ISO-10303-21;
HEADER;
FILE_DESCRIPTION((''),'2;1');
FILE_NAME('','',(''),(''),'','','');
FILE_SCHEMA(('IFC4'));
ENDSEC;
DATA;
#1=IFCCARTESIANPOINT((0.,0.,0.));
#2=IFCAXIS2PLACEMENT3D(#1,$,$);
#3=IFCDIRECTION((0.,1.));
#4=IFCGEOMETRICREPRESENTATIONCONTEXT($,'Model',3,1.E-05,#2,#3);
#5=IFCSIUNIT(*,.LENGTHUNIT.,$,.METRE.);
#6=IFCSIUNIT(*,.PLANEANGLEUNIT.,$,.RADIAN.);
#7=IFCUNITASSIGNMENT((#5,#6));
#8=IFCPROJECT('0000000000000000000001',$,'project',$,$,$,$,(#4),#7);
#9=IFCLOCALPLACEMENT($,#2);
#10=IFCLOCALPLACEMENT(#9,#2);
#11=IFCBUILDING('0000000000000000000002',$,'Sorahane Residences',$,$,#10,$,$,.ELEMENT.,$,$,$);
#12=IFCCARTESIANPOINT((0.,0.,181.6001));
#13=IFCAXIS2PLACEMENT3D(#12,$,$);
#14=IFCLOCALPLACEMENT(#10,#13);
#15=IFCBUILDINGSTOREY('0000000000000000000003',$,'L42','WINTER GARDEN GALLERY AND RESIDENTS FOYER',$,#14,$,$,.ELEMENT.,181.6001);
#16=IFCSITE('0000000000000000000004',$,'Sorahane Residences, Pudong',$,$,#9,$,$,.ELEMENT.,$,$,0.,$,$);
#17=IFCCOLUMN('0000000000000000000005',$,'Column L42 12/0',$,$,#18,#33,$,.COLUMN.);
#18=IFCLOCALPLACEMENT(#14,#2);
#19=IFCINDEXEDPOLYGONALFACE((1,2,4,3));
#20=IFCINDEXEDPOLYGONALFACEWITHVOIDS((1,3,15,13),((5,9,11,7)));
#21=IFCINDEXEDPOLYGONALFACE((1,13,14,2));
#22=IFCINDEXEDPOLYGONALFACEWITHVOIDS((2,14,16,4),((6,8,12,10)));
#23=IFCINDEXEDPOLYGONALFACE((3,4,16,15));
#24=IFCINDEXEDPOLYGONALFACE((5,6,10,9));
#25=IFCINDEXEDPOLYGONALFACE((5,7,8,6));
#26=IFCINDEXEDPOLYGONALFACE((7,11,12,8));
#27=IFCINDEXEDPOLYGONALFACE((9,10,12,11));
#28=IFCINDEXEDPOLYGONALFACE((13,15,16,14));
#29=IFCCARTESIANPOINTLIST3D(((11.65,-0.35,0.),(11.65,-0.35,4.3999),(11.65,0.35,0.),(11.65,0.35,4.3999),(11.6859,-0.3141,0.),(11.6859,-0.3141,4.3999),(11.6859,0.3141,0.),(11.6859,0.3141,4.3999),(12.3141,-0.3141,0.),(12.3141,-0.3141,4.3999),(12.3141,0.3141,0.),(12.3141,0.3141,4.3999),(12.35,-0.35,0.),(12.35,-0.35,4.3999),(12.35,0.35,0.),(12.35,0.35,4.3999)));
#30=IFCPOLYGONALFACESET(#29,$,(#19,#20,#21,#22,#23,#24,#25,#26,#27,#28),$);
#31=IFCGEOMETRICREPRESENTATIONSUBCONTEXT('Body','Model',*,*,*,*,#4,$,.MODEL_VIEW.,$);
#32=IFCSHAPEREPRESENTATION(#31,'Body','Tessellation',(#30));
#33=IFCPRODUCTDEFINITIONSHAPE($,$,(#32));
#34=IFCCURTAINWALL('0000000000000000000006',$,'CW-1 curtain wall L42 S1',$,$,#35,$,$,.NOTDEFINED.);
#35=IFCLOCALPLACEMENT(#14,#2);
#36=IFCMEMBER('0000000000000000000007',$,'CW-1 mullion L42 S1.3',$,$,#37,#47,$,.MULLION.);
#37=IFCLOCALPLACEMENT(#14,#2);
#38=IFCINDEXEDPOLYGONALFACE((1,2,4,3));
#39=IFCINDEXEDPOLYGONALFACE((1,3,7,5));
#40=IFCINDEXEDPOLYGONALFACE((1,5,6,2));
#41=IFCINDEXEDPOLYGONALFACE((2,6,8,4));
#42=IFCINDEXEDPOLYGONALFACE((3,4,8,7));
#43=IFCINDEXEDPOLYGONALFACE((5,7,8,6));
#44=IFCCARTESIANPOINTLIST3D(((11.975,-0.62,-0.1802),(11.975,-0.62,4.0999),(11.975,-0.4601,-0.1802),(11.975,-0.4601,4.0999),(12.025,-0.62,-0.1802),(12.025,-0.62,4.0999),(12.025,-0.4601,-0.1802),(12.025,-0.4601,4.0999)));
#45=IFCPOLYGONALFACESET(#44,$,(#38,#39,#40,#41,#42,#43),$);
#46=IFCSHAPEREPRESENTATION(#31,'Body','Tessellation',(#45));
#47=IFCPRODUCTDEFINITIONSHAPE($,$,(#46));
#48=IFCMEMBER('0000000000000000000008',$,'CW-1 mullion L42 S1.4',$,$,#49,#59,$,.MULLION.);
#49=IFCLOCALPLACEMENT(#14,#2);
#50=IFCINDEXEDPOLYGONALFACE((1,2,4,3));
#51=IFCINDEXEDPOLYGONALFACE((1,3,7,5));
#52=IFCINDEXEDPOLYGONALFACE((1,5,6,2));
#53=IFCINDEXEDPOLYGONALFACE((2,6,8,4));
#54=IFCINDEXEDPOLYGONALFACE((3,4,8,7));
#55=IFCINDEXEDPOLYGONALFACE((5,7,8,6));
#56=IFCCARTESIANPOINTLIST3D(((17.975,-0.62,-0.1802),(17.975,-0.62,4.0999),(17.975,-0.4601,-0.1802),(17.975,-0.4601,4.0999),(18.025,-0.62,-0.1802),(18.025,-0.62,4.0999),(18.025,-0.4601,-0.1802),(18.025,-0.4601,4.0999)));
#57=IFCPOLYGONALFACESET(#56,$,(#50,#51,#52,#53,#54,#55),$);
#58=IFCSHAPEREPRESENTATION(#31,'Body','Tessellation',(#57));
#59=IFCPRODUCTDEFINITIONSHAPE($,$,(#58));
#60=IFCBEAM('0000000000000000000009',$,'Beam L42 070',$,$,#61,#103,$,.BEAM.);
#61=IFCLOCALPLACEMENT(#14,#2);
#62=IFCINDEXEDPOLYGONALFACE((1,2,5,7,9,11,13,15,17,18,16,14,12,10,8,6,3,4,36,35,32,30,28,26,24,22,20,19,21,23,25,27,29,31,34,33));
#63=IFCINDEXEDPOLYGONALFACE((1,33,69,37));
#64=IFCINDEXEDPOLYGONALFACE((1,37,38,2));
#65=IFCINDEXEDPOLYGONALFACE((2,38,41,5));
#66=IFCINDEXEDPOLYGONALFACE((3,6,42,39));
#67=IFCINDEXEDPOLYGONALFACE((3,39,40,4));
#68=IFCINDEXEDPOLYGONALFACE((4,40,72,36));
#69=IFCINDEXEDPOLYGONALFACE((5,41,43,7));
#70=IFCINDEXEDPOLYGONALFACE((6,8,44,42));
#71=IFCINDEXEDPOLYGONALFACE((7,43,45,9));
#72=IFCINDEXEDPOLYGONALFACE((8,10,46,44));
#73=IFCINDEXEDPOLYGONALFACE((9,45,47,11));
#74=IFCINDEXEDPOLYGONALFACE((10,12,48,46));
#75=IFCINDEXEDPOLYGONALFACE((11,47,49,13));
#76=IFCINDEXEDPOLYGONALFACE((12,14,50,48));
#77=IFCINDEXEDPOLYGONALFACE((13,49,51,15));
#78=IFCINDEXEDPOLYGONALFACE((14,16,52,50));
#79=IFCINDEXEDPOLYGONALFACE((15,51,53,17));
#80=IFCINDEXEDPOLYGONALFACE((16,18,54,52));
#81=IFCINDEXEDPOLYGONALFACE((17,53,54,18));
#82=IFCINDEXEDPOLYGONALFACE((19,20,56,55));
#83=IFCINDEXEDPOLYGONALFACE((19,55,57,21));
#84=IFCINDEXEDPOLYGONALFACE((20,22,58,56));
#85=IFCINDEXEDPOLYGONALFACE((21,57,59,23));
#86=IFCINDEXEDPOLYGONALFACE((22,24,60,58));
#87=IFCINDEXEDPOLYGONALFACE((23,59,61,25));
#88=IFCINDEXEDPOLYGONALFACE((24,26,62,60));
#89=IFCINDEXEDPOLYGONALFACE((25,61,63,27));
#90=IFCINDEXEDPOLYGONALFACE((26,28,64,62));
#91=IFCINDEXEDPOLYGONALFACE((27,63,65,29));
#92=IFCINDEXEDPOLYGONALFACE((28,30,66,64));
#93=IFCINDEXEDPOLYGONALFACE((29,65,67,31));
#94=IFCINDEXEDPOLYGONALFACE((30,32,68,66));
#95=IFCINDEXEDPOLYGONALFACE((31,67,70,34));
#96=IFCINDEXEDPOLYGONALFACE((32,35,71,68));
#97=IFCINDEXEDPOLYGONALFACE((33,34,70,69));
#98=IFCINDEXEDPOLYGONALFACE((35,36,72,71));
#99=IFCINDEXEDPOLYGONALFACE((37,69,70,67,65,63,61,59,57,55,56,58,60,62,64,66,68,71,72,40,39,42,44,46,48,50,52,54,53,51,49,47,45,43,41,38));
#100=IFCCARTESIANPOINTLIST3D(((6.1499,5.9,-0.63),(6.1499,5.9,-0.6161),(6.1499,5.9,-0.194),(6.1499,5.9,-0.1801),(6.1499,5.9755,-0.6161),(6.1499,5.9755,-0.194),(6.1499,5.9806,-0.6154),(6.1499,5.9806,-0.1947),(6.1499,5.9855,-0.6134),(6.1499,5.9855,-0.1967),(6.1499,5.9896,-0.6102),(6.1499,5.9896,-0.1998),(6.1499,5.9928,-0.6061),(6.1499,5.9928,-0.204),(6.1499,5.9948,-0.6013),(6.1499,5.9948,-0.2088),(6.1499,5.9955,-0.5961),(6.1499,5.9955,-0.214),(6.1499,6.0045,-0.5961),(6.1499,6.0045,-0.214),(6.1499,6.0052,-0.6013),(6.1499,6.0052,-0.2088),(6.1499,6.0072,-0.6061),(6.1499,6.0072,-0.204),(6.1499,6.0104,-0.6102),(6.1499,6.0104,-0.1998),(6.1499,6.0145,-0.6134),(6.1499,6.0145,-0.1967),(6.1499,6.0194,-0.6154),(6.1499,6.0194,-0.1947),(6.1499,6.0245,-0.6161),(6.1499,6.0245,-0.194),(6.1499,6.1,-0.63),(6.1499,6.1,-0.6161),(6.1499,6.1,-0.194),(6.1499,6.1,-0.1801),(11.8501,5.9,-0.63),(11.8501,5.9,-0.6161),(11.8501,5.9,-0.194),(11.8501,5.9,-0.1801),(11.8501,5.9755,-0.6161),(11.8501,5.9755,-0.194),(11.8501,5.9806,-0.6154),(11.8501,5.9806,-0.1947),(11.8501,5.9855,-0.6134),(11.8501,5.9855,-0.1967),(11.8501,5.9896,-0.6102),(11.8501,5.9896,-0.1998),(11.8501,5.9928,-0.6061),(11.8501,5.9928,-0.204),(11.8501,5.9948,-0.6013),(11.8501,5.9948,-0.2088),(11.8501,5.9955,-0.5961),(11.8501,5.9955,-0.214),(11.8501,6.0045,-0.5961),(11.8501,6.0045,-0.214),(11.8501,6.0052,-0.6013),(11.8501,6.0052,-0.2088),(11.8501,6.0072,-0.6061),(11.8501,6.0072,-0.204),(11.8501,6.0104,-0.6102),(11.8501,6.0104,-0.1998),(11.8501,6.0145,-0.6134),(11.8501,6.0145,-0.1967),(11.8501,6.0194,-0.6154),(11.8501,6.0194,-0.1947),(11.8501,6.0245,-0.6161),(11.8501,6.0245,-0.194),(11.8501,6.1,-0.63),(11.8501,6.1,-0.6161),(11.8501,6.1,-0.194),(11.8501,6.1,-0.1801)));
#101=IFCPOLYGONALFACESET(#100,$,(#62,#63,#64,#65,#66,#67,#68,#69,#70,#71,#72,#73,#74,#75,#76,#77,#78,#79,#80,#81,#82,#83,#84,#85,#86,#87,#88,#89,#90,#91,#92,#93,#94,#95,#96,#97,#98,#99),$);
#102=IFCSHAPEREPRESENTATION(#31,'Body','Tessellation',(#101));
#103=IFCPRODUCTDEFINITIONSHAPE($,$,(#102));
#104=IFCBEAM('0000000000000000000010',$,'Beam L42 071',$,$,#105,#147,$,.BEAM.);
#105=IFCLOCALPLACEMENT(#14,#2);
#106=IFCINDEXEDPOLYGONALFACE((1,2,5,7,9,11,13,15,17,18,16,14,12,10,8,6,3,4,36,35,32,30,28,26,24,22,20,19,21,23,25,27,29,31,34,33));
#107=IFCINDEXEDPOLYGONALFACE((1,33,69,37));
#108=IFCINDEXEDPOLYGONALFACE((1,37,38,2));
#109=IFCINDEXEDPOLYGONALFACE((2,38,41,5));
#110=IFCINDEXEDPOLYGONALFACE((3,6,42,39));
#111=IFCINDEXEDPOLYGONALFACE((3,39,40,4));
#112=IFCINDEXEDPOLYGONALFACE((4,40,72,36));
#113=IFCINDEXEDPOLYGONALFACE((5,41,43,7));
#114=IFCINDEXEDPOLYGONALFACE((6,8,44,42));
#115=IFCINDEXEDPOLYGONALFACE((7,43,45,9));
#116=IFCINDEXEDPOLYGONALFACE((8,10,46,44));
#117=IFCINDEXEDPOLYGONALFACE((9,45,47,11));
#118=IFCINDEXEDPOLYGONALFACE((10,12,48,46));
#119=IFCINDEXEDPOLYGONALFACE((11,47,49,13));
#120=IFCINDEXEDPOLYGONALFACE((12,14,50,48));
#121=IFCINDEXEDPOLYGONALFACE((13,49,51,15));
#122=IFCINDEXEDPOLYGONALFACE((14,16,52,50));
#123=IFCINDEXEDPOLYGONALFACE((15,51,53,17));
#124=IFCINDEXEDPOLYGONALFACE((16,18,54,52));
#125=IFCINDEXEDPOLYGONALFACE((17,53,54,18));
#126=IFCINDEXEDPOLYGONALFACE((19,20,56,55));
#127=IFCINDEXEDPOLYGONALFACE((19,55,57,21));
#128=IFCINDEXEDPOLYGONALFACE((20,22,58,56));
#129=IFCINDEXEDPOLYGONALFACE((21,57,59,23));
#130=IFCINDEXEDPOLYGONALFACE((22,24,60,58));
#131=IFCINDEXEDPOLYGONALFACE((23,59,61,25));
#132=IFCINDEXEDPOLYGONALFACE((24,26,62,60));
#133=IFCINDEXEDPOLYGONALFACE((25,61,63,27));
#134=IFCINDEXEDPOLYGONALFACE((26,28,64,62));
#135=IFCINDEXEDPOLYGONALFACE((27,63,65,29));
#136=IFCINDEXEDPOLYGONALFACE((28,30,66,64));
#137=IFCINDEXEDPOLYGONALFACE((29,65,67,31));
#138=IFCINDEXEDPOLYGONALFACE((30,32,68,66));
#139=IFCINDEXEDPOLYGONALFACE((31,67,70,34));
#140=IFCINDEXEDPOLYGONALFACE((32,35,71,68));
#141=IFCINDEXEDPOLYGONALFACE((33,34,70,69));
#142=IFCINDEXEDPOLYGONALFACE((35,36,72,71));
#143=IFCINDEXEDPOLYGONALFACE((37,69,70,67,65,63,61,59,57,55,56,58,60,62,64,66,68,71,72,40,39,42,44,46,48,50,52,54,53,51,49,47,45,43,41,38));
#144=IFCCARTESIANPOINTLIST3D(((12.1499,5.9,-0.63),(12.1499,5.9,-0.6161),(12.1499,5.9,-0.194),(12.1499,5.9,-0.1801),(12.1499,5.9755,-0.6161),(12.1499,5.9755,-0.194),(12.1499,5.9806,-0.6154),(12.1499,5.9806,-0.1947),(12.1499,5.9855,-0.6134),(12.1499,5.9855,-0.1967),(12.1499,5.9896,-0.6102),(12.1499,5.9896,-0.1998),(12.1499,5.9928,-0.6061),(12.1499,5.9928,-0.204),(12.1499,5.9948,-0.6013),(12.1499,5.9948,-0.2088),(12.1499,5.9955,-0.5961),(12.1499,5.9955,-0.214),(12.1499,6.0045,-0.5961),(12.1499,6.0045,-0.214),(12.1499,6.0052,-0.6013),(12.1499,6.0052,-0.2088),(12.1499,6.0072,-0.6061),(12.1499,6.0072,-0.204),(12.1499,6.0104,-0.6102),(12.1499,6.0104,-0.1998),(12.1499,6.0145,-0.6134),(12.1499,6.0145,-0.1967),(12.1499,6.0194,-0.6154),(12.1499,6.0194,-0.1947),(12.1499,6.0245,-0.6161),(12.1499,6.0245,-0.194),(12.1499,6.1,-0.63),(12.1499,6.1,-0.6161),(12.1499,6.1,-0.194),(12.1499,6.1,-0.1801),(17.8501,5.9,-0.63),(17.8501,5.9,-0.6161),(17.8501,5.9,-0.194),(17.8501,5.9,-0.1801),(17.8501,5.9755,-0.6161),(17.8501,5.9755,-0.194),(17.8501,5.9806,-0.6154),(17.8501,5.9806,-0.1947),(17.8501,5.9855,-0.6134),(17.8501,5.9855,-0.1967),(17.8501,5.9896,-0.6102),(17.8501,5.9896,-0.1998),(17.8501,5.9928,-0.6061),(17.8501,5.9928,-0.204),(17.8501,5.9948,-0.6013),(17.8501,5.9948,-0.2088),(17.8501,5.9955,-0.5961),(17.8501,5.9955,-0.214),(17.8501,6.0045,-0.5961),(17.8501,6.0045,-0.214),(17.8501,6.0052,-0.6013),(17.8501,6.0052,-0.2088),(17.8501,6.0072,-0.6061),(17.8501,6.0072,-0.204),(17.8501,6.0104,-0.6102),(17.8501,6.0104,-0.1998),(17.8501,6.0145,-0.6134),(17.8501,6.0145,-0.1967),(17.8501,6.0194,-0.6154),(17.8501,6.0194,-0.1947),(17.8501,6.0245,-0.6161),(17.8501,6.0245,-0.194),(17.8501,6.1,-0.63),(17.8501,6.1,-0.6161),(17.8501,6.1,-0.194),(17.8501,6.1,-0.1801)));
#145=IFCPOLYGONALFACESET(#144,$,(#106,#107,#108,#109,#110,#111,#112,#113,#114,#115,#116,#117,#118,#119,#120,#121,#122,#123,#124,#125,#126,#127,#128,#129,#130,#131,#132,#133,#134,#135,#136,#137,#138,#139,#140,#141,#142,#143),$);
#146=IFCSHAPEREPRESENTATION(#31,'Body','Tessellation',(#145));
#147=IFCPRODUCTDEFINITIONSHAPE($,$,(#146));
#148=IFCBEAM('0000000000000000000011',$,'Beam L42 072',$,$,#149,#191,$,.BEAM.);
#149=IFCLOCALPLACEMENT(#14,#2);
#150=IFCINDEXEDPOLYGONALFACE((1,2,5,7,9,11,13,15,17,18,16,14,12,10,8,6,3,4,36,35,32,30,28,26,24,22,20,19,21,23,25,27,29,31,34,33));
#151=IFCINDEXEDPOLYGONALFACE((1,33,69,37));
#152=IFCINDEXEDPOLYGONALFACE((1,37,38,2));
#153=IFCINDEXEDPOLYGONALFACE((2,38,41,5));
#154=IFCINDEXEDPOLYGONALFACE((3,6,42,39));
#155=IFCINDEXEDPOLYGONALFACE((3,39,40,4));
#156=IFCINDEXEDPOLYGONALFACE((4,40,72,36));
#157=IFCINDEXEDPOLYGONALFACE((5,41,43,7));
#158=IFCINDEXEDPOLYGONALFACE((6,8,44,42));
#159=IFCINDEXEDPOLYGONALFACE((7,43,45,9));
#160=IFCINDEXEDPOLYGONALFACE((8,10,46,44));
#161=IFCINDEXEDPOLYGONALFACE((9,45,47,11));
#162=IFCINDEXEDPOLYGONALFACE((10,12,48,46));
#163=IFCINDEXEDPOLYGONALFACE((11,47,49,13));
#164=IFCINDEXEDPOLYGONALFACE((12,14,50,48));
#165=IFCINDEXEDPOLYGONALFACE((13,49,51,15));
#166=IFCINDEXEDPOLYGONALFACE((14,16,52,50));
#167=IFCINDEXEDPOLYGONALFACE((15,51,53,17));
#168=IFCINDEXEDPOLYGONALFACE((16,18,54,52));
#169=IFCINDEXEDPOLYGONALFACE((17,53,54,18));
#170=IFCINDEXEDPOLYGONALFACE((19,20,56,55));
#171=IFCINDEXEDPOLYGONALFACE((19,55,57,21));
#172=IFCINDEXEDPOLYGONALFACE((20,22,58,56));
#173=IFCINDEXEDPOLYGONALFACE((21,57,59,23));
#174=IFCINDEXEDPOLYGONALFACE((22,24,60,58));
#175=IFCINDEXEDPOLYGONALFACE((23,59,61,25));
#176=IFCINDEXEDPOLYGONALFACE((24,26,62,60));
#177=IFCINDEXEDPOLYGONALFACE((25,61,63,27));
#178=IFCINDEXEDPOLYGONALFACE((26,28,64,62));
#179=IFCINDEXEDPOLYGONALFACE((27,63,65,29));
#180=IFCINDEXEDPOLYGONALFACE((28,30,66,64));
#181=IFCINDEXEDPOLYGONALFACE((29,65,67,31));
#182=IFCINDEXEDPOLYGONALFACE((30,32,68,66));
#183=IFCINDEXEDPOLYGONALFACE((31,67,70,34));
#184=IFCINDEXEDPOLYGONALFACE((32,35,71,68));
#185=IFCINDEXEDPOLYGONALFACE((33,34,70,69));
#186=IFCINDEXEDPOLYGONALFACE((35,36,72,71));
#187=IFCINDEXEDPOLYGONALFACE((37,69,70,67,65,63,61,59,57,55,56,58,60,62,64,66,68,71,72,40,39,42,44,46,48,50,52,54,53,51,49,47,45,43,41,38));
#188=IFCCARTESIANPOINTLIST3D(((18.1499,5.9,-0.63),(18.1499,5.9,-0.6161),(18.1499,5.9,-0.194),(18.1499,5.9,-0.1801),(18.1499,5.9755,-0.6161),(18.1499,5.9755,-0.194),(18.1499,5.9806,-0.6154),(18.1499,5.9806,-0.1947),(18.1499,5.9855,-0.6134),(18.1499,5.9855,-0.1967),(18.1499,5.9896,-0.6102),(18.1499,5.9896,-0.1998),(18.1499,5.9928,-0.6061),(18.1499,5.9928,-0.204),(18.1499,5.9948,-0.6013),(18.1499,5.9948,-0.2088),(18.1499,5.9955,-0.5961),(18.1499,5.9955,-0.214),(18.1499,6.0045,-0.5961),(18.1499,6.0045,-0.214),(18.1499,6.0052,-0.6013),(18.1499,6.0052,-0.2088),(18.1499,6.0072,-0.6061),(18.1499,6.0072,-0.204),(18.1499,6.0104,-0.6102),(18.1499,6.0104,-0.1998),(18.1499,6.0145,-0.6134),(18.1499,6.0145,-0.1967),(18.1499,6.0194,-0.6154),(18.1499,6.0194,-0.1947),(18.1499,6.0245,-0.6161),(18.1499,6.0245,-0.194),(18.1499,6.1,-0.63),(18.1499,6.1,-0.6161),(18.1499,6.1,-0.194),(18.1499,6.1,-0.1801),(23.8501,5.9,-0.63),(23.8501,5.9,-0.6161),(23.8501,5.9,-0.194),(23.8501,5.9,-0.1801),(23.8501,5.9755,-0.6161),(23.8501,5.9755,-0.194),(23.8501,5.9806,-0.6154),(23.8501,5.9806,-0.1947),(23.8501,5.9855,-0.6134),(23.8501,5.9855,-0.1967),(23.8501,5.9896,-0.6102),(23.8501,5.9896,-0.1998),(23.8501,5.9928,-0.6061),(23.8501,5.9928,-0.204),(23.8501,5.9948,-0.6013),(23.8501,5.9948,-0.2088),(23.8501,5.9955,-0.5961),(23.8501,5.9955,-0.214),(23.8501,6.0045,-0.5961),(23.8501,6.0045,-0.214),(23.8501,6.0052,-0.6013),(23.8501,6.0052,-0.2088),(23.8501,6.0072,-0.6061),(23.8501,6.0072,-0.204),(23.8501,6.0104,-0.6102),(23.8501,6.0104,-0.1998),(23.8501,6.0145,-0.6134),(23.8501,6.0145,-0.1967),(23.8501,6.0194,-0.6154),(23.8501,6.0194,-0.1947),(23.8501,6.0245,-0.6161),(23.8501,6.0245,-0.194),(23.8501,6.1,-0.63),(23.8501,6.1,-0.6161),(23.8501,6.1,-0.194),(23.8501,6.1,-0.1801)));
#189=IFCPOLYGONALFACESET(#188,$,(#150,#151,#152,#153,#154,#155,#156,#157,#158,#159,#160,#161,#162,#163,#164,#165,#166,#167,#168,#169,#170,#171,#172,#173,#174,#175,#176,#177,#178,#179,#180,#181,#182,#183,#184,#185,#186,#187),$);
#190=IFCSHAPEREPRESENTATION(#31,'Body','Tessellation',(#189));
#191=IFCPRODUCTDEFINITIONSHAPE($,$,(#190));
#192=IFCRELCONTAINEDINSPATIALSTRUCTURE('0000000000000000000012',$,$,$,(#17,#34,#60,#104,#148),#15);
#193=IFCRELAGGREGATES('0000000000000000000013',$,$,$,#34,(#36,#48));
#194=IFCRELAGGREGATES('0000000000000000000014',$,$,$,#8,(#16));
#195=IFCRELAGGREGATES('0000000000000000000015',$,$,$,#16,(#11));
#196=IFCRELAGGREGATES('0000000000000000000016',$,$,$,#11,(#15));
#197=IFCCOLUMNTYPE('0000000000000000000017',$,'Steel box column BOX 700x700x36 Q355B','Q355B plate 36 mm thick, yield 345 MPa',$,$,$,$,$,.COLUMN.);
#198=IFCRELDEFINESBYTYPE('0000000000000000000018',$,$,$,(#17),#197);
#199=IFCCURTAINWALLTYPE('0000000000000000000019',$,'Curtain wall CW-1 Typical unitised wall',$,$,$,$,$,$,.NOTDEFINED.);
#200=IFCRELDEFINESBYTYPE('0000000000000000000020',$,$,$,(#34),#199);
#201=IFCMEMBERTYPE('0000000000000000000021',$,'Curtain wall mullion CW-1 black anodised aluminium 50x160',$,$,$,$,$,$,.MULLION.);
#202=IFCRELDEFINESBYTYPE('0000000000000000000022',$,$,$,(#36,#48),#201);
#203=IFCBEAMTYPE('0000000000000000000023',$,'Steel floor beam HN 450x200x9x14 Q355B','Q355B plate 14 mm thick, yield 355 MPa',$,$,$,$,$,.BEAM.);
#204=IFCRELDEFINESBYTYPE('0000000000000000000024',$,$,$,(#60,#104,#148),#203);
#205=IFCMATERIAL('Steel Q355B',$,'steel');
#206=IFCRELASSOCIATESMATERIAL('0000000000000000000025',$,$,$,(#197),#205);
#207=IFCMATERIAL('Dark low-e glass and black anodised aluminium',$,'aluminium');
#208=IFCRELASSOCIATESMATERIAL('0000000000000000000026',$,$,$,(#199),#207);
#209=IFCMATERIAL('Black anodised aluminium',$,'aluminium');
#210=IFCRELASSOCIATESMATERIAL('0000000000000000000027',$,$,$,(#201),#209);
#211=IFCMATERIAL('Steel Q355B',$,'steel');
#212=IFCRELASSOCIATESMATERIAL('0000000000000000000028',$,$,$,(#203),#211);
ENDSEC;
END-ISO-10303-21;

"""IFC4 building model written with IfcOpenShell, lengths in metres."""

from ifc_helpers import new_model, si_unit, direction, frame, origin, origin_2d, place, context, subcontext, project, spatial, rectangle, hollow_rectangle, i_section, extrude, material, material_profile, profile_set, type_object, element, aggregate, save


model = new_model("IFC4")

# Units and contexts
model_context = context("Model", 3, precision=1e-05, world=origin(), true_north=direction((0.0, 1.0)))
body_context = subcontext(model_context, "Body", "Model", "MODEL_VIEW")
ifc_project = project(units=[si_unit("LENGTHUNIT", "METRE"), si_unit("PLANEANGLEUNIT", "RADIAN")], contexts=[model_context])

# Site, building, storey
site_placement = place(None, origin())
site = spatial("IfcSite", under=ifc_project, at=site_placement, Name="Sorahane Residences, Pudong", CompositionType="ELEMENT", RefElevation=0.0)
building_placement = place(site_placement, origin())
building = spatial("IfcBuilding", under=site, at=building_placement, Name="Sorahane Residences", CompositionType="ELEMENT")
storey_placement = place(building_placement, frame((0.0, 0.0, 181.6001)))
storey = spatial("IfcBuildingStorey", under=building, at=storey_placement, Name="L42", Description="WINTER GARDEN GALLERY AND RESIDENTS FOYER", CompositionType="ELEMENT", Elevation=181.6001)

# Column
ifc_material_1 = material(Name="Steel Q355B", Category="steel")
ifc_material_profile_1 = material_profile(ifc_material_1, hollow_rectangle(XDim=0.7, YDim=0.7, WallThickness=0.0359, at=origin_2d()), Name="BOX 700x700x36")
ifc_profile_set_1 = profile_set([ifc_material_profile_1], Name="Steel Q355B")
column_type = type_object("IfcColumnType", Name="Steel box column BOX 700x700x36 Q355B", Description="Q355B plate 36 mm thick, yield 345 MPa", PredefinedType="COLUMN", material=ifc_profile_set_1)
column_placement = place(storey_placement, frame((12.0, 0.0, 0.0), z_axis=(0.0, 0.0, 1.0), x_axis=(1.0, 0.0, 0.0)))
element("IfcColumn", 1, at=column_placement, inside=storey, type_object=column_type, Name="Column L42 12/0", PredefinedType="COLUMN", context=body_context, shape_type="SweptSolid", body=[
    extrude(hollow_rectangle(XDim=0.7, YDim=0.7, WallThickness=0.0359, at=origin_2d()), origin(), (0.0, 0.0, 1.0), 4.3999),
])

# Curtain wall, members
ifc_material_2 = material(Name="Dark low-e glass and black anodised aluminium", Category="aluminium")
curtain_wall_type = type_object("IfcCurtainWallType", Name="Curtain wall CW-1 Typical unitised wall", PredefinedType="NOTDEFINED", material=ifc_material_2)
curtain_wall_placement = place(storey_placement, origin())
curtain_wall = element("IfcCurtainWall", 2, at=curtain_wall_placement, inside=storey, type_object=curtain_wall_type, Name="CW-1 curtain wall L42 S1", PredefinedType="NOTDEFINED")
ifc_material_3 = material(Name="Black anodised aluminium", Category="aluminium")
ifc_material_profile_2 = material_profile(ifc_material_3, rectangle(XDim=0.1599, YDim=0.05, at=origin_2d()), Name="Curtain wall mullion CW-1 black anodised aluminium 50x160")
ifc_profile_set_2 = profile_set([ifc_material_profile_2], Name="Black anodised aluminium")
member_type = type_object("IfcMemberType", Name="Curtain wall mullion CW-1 black anodised aluminium 50x160", PredefinedType="MULLION", material=ifc_profile_set_2)
member_1_placement = place(storey_placement, frame((12.0, -0.54, -0.1802), z_axis=(0.0, 0.0, 1.0), x_axis=(0.0, -1.0, 0.0)))
member_1 = element("IfcMember", 3, at=member_1_placement, type_object=member_type, Name="CW-1 mullion L42 S1.3", PredefinedType="MULLION", context=body_context, shape_type="SweptSolid", body=[
    extrude(rectangle(XDim=0.1599, YDim=0.05, at=origin_2d()), origin(), (0.0, 0.0, 1.0), 4.28),
])
member_2_placement = place(storey_placement, frame((18.0, -0.54, -0.1802), z_axis=(0.0, 0.0, 1.0), x_axis=(0.0, -1.0, 0.0)))
member_2 = element("IfcMember", 4, at=member_2_placement, type_object=member_type, Name="CW-1 mullion L42 S1.4", PredefinedType="MULLION", context=body_context, shape_type="SweptSolid", body=[
    extrude(rectangle(XDim=0.1599, YDim=0.05, at=origin_2d()), origin(), (0.0, 0.0, 1.0), 4.28),
])

# Beams
ifc_material_4 = material(Name="Steel Q355B", Category="steel")
ifc_material_profile_3 = material_profile(ifc_material_4, i_section(OverallWidth=0.2, OverallDepth=0.45, WebThickness=0.009, FlangeThickness=0.0139, FilletRadius=0.02, at=origin_2d()), Name="HN 450x200x9x14")
ifc_profile_set_3 = profile_set([ifc_material_profile_3], Name="Steel Q355B")
beam_type_1 = type_object("IfcBeamType", Name="Steel floor beam HN 450x200x9x14 Q355B", Description="Q355B plate 14 mm thick, yield 355 MPa", PredefinedType="BEAM", material=ifc_profile_set_3)
for number, where, z_axis, x_axis, name in (
    (5, (6.1499, 6.0, -0.405), (1.0, 0.0, 0.0), (0.0, 1.0, 0.0), "Beam L42 070"),
    (6, (12.1499, 6.0, -0.405), (1.0, 0.0, 0.0), (0.0, 1.0, 0.0), "Beam L42 071"),
    (7, (18.1499, 6.0, -0.405), (1.0, 0.0, 0.0), (0.0, 1.0, 0.0), "Beam L42 072"),
):
    element("IfcBeam", number, at=place(storey_placement, frame(where, z_axis=z_axis, x_axis=x_axis)), inside=storey, type_object=beam_type_1, Name=name, PredefinedType="BEAM", context=body_context, shape_type="SweptSolid", body=[
        extrude(i_section(OverallWidth=0.2, OverallDepth=0.45, WebThickness=0.009, FlangeThickness=0.0139, FilletRadius=0.02, at=origin_2d()), origin(), (0.0, 0.0, 1.0), 5.7002),
    ])

aggregate(curtain_wall, [member_1, member_2])

save(model, "model.ifc")
